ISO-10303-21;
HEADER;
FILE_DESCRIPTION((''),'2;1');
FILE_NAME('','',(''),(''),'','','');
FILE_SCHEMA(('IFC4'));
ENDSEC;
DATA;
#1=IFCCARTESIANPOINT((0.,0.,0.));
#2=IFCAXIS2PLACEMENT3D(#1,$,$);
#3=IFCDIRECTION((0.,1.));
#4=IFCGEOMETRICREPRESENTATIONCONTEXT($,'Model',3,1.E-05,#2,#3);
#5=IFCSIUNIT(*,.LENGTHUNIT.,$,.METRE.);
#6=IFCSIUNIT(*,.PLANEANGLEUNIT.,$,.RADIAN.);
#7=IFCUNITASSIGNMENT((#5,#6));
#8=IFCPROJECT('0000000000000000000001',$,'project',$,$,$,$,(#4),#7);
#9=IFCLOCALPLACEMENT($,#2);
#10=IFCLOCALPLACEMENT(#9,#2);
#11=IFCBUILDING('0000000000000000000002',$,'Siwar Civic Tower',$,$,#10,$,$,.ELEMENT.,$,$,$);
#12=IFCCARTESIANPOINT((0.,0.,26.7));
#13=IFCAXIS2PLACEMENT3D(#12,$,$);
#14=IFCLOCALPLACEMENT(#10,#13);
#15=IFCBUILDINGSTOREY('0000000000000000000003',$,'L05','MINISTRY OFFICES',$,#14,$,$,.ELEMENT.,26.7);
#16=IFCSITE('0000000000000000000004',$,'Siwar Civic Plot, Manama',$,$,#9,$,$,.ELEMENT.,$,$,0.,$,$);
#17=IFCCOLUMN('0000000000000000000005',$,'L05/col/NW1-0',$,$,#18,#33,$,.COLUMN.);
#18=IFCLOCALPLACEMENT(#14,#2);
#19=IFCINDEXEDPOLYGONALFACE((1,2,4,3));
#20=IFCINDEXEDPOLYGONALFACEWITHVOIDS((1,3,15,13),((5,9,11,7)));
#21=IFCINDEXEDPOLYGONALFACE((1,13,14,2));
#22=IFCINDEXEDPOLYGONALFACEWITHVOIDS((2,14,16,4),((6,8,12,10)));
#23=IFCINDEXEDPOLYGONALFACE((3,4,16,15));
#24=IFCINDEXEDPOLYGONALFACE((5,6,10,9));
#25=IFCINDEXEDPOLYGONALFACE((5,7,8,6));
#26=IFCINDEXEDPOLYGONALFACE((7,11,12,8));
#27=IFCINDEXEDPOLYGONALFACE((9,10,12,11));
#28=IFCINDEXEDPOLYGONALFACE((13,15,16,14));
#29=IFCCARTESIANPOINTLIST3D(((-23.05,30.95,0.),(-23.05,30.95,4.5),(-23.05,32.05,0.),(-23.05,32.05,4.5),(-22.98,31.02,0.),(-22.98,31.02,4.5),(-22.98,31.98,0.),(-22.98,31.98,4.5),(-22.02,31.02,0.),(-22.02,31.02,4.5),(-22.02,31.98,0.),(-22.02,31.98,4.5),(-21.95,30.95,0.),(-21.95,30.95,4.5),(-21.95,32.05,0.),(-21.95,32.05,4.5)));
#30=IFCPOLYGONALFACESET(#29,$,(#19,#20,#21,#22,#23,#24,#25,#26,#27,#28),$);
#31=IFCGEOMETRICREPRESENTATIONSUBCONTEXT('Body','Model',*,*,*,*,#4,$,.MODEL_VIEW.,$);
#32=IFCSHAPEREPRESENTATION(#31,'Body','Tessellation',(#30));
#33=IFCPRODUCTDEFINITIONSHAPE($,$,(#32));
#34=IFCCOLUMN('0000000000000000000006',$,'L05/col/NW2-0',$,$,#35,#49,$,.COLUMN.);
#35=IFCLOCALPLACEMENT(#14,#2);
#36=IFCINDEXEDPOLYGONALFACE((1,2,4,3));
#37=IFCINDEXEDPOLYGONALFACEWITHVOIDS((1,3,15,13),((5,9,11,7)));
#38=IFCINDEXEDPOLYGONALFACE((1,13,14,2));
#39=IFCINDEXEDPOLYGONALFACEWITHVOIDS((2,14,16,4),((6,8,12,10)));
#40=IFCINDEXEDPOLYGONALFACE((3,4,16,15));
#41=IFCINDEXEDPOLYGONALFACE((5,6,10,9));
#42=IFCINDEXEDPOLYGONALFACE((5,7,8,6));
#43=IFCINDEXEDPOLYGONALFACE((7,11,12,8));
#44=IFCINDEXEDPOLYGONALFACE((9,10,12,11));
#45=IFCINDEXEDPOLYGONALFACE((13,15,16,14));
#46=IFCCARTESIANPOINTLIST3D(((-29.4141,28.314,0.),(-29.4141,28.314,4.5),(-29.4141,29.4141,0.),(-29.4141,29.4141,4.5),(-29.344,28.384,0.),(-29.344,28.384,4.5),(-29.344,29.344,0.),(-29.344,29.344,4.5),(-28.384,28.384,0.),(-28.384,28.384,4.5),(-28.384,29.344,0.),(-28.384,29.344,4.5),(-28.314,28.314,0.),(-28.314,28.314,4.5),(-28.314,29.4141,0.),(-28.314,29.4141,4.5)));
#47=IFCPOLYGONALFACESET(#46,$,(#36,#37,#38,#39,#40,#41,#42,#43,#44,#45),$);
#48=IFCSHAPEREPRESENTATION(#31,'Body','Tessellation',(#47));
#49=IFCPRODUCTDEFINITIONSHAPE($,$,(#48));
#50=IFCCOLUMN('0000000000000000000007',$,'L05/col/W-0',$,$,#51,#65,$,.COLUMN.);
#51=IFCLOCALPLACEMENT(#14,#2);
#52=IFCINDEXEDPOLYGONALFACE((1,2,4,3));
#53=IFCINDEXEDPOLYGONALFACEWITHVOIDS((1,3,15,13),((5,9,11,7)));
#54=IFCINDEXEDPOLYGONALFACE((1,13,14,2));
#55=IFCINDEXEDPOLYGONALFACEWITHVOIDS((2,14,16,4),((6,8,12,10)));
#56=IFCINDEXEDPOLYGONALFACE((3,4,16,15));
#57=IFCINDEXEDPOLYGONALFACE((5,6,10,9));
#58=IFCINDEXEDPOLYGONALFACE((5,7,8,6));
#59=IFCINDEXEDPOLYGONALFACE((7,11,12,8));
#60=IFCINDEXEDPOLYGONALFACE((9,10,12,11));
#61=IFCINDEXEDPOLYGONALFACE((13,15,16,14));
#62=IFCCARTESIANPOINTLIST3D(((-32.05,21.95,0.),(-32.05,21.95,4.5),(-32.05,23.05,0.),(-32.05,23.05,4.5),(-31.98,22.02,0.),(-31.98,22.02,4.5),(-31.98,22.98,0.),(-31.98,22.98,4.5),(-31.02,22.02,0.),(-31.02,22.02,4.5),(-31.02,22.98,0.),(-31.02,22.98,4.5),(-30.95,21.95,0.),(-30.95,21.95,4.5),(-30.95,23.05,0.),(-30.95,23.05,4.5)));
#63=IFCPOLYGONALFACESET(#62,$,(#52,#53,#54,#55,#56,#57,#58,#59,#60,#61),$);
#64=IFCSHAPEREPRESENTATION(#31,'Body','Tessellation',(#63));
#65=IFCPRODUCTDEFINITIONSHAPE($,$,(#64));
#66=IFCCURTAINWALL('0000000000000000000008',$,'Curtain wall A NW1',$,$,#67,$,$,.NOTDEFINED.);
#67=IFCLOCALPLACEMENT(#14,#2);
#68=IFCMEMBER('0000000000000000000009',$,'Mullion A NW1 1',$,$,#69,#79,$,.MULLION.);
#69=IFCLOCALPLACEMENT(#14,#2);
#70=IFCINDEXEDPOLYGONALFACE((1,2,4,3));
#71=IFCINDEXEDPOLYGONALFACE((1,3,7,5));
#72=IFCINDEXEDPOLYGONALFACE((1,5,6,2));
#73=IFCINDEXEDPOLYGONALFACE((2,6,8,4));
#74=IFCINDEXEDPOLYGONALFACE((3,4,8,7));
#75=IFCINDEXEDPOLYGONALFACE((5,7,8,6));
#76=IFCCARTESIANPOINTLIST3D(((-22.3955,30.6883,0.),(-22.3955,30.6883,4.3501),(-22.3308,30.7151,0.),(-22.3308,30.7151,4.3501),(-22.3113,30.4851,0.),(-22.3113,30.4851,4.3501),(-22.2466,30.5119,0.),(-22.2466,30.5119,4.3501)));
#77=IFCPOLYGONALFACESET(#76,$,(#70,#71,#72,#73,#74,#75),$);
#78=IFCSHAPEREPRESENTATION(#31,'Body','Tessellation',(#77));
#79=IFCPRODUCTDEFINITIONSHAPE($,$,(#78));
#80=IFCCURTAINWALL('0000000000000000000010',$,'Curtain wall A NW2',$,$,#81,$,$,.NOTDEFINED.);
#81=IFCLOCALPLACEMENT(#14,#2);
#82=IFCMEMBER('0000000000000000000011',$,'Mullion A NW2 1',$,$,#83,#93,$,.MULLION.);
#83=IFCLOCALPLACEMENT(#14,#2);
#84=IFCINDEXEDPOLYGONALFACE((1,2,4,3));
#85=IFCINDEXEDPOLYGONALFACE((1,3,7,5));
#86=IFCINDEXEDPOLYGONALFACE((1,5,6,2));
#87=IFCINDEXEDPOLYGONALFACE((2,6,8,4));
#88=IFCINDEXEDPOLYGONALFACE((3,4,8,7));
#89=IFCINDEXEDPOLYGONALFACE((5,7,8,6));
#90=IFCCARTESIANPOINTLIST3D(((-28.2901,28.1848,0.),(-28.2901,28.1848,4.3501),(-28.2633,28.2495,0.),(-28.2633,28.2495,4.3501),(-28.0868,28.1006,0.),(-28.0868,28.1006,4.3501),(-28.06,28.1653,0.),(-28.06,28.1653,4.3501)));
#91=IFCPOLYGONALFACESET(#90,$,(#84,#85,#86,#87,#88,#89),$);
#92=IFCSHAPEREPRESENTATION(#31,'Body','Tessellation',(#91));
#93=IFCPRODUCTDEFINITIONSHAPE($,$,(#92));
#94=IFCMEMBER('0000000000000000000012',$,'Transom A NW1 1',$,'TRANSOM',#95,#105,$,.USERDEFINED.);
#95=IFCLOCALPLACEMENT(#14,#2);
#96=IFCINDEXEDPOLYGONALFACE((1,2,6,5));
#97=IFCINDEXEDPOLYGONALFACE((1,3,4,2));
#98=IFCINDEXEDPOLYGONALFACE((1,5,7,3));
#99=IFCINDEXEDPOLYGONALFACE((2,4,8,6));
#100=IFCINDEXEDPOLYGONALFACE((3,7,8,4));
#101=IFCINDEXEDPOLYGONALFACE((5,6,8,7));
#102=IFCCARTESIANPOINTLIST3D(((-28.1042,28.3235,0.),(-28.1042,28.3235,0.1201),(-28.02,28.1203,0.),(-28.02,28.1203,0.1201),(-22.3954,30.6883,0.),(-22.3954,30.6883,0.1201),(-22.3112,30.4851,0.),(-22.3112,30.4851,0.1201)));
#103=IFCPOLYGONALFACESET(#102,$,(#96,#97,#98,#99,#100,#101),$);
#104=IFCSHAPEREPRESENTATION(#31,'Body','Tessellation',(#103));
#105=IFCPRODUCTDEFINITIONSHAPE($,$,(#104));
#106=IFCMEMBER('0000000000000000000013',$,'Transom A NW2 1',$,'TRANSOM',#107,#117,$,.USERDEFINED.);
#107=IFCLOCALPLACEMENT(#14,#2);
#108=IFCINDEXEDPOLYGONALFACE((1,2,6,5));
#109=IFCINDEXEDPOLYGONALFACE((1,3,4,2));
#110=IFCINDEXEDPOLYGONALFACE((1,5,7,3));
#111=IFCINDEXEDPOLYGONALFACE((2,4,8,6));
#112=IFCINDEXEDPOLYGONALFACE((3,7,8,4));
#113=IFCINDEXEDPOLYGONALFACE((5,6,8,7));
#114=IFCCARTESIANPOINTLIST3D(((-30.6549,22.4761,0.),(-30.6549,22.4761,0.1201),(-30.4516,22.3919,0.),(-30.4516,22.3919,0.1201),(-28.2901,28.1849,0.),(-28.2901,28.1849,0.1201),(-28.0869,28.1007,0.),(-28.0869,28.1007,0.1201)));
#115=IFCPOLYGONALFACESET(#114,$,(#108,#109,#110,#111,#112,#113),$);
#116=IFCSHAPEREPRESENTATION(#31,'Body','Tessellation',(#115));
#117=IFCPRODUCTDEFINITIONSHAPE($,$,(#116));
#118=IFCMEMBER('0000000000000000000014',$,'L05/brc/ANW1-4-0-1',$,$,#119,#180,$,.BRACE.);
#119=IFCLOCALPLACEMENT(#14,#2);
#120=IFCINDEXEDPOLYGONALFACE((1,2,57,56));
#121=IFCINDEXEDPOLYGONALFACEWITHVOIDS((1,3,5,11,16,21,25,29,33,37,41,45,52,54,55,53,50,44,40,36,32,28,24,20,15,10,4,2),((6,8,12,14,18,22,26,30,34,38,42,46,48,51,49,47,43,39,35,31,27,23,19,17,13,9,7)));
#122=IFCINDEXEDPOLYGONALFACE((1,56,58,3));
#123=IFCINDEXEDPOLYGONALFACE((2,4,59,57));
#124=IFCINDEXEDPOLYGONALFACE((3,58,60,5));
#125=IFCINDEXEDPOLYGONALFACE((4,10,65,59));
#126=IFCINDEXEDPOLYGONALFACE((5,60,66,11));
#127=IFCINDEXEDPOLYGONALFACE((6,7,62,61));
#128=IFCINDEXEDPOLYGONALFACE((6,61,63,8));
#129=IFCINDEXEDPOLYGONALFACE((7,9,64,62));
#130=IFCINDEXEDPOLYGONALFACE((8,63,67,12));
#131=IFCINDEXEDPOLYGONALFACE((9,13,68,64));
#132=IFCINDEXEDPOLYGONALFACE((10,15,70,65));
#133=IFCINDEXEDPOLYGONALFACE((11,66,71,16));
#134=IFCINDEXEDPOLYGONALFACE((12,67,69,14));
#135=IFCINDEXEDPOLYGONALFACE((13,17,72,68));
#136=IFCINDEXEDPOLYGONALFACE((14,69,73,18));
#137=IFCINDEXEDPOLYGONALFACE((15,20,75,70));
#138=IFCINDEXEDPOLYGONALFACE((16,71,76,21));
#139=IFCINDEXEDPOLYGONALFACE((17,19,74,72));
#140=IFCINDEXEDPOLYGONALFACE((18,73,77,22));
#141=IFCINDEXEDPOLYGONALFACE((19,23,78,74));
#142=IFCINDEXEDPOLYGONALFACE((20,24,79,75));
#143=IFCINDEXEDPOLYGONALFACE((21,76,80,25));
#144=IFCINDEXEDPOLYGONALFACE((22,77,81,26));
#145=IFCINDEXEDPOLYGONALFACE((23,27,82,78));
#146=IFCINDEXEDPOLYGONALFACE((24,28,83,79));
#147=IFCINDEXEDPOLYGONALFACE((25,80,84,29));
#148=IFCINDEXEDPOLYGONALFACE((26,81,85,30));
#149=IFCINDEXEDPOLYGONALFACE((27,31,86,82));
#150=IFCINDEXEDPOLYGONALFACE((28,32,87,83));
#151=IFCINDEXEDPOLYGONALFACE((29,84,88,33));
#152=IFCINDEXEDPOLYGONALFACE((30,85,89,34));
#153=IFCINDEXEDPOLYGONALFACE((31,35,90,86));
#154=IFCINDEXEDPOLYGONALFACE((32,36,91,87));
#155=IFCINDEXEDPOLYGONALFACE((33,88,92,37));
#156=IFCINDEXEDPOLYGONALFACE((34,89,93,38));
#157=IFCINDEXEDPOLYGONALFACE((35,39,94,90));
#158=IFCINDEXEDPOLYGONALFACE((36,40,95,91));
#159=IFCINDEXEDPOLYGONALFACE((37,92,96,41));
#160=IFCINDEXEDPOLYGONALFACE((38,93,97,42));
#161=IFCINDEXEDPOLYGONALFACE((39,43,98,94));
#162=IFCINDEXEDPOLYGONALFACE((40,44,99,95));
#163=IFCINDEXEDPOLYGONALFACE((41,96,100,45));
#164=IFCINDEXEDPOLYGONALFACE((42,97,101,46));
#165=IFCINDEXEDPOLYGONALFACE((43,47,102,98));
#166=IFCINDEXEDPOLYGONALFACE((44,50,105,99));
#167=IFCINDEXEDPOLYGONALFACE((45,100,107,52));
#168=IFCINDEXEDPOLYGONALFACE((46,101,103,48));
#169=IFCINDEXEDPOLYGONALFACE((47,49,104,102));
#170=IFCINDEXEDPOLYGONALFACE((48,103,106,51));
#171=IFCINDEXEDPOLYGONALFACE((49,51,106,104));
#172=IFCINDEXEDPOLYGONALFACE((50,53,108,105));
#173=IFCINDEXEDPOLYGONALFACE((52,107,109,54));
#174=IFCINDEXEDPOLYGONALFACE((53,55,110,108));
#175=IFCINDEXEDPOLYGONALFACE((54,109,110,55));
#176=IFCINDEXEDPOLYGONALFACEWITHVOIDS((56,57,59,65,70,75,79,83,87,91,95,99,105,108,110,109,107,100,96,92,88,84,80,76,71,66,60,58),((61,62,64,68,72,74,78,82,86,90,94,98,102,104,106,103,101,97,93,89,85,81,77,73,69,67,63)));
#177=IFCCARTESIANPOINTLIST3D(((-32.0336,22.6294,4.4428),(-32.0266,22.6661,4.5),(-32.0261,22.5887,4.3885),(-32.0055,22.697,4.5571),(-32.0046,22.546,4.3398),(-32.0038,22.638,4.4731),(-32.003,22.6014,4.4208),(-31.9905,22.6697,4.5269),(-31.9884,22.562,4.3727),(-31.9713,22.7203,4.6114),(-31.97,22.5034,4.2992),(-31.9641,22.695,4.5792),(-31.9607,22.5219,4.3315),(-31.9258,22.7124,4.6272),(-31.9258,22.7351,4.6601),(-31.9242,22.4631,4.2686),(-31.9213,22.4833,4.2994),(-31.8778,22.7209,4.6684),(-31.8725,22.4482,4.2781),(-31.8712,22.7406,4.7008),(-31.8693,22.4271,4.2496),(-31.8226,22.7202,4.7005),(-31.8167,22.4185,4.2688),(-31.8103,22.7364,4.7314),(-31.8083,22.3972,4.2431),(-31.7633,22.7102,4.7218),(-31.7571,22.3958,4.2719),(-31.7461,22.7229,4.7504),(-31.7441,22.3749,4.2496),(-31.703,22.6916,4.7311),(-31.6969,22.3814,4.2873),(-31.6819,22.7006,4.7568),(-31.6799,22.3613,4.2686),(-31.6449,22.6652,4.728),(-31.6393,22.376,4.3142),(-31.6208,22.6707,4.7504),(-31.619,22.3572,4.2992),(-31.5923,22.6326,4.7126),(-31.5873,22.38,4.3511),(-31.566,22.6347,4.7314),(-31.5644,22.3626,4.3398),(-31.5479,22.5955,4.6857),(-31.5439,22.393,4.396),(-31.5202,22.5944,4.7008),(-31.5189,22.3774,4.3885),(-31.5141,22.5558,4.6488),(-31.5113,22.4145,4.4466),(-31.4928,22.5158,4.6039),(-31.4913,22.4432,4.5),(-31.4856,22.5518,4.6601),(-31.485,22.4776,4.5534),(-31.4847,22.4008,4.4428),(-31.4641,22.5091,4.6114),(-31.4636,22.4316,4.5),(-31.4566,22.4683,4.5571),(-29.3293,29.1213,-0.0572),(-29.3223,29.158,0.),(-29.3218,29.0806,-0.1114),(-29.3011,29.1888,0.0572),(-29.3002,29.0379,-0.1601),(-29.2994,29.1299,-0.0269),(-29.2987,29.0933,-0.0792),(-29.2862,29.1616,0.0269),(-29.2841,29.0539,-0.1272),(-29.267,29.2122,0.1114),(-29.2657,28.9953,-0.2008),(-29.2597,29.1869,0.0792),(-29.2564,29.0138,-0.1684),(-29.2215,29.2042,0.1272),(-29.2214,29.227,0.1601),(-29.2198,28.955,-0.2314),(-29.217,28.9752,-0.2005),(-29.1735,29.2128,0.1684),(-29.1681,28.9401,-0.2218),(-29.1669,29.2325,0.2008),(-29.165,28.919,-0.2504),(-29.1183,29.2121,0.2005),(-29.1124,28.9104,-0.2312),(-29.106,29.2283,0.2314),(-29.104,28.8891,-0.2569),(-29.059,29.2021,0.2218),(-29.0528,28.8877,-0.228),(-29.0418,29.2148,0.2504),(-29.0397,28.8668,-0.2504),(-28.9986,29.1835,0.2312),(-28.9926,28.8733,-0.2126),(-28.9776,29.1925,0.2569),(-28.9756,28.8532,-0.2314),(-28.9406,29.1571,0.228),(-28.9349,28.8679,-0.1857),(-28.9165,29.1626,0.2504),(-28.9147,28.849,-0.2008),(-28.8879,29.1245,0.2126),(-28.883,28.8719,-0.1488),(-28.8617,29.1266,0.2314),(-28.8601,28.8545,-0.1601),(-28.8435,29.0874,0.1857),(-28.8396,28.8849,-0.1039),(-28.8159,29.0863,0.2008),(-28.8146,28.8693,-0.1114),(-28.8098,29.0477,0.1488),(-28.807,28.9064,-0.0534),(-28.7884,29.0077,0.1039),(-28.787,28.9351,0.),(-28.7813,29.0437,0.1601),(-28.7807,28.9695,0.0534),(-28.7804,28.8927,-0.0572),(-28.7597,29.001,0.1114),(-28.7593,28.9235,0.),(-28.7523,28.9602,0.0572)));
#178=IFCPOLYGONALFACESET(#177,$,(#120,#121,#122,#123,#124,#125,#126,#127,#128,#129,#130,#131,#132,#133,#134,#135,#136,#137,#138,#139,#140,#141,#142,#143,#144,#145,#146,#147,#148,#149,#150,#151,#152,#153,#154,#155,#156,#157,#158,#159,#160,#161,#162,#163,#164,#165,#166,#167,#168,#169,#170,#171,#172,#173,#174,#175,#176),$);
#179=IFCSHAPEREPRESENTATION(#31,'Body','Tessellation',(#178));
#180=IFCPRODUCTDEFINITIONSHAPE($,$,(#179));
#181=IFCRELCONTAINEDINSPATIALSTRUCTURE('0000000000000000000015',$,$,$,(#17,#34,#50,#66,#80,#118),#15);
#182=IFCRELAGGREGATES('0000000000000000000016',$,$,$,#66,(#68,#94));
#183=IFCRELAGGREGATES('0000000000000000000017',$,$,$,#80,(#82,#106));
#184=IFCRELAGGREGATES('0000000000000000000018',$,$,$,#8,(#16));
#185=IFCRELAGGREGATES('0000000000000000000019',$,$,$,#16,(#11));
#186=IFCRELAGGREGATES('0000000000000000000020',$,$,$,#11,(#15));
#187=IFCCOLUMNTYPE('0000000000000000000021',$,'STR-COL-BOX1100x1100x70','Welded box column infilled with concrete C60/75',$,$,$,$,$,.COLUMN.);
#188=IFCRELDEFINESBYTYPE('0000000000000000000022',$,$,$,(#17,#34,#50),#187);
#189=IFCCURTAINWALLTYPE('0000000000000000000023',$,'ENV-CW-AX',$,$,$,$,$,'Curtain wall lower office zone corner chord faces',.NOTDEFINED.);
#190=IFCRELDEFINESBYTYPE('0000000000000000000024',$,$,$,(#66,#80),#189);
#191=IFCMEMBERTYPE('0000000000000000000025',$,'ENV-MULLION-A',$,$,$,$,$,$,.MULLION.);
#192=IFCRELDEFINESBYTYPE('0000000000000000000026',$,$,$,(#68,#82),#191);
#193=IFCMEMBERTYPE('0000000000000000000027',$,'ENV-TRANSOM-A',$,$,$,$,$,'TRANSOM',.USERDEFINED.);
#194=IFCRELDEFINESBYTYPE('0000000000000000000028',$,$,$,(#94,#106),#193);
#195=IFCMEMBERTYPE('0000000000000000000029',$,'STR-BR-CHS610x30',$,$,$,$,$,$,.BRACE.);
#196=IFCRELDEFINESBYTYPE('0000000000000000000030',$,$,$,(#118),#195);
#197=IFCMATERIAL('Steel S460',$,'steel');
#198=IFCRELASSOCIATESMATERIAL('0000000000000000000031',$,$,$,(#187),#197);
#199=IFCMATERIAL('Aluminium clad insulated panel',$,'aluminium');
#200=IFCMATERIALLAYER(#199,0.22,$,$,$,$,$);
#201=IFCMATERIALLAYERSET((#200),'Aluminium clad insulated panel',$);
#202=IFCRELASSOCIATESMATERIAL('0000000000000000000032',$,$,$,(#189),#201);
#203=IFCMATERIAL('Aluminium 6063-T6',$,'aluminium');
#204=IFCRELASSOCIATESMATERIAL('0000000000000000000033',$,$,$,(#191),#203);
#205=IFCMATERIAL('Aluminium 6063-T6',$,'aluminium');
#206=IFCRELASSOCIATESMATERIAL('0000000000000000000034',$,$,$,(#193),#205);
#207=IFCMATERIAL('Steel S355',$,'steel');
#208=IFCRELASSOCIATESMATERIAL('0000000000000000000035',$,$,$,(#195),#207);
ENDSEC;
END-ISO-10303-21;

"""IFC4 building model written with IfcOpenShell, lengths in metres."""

from ifc_helpers import new_model, si_unit, direction, frame, origin, origin_2d, place, context, subcontext, project, spatial, rectangle, hollow_rectangle, hollow_circle, extrude, material, layer, layer_set, material_profile, profile_set, type_object, element, aggregate, save


model = new_model("IFC4")

# Units and contexts
model_context = context("Model", 3, precision=1e-05, world=origin(), true_north=direction((0.0, 1.0)))
body_context = subcontext(model_context, "Body", "Model", "MODEL_VIEW")
ifc_project = project(units=[si_unit("LENGTHUNIT", "METRE"), si_unit("PLANEANGLEUNIT", "RADIAN")], contexts=[model_context])

# Site, building, storey
site_placement = place(None, origin())
site = spatial("IfcSite", under=ifc_project, at=site_placement, Name="Siwar Civic Plot, Manama", CompositionType="ELEMENT", RefElevation=0.0)
building_placement = place(site_placement, origin())
building = spatial("IfcBuilding", under=site, at=building_placement, Name="Siwar Civic Tower", CompositionType="ELEMENT")
storey_placement = place(building_placement, frame((0.0, 0.0, 26.7)))
storey = spatial("IfcBuildingStorey", under=building, at=storey_placement, Name="L05", Description="MINISTRY OFFICES", CompositionType="ELEMENT", Elevation=26.7)

# Columns
ifc_material_1 = material(Name="Steel S460", Category="steel")
ifc_material_profile_1 = material_profile(ifc_material_1, hollow_rectangle(XDim=1.1001, YDim=1.1001, WallThickness=0.0701, at=origin_2d()), Name="BOX1100x1100x70")
ifc_profile_set_1 = profile_set([ifc_material_profile_1], Name="Steel S460")
column_type = type_object("IfcColumnType", Name="STR-COL-BOX1100x1100x70", Description="Welded box column infilled with concrete C60/75", PredefinedType="COLUMN", material=ifc_profile_set_1)
for number, where, z_axis, x_axis, name in (
    (1, (-22.5, 31.5, 0.0), (0.0, 0.0, 1.0), (1.0, 0.0, 0.0), "L05/col/NW1-0"),
    (2, (-28.864, 28.864, 0.0), (0.0, 0.0, 1.0), (1.0, 0.0, 0.0), "L05/col/NW2-0"),
    (3, (-31.5, 22.5, 0.0), (0.0, 0.0, 1.0), (1.0, 0.0, 0.0), "L05/col/W-0"),
):
    element("IfcColumn", number, at=place(storey_placement, frame(where, z_axis=z_axis, x_axis=x_axis)), inside=storey, type_object=column_type, Name=name, PredefinedType="COLUMN", context=body_context, shape_type="SweptSolid", body=[
        extrude(hollow_rectangle(XDim=1.1001, YDim=1.1001, WallThickness=0.0701, at=origin_2d()), origin(), (0.0, 0.0, 1.0), 4.5),
    ])

# Curtain walls, members
ifc_material_2 = material(Name="Aluminium clad insulated panel", Category="aluminium")
ifc_layer_1 = layer(ifc_material_2, 0.22)
ifc_layer_set_1 = layer_set([ifc_layer_1], Name="Aluminium clad insulated panel")
curtain_wall_type_1 = type_object("IfcCurtainWallType", Name="ENV-CW-AX", ElementType="Curtain wall lower office zone corner chord faces", PredefinedType="NOTDEFINED", material=ifc_layer_set_1)
curtain_wall_1_placement = place(storey_placement, origin())
curtain_wall_1 = element("IfcCurtainWall", 4, at=curtain_wall_1_placement, inside=storey, type_object=curtain_wall_type_1, Name="Curtain wall A NW1", PredefinedType="NOTDEFINED")
ifc_material_3 = material(Name="Aluminium 6063-T6", Category="aluminium")
ifc_material_profile_2 = material_profile(ifc_material_3, rectangle(XDim=0.22, YDim=0.0701, at=origin_2d()), Name="AL 220x70")
ifc_profile_set_2 = profile_set([ifc_material_profile_2], Name="Aluminium 6063-T6")
member_type_1 = type_object("IfcMemberType", Name="ENV-MULLION-A", PredefinedType="MULLION", material=ifc_profile_set_2)
member_1_placement = place(storey_placement, frame((-22.321, 30.6001, 0.0), z_axis=(0.0, 0.0, 1.0), x_axis=(0.382683, -0.92388, 0.0)))
member_1 = element("IfcMember", 5, at=member_1_placement, type_object=member_type_1, Name="Mullion A NW1 1", PredefinedType="MULLION", context=body_context, shape_type="SweptSolid", body=[
    extrude(rectangle(XDim=0.22, YDim=0.0701, at=origin_2d()), origin(), (0.0, 0.0, 1.0), 4.3501),
])
curtain_wall_2_placement = place(storey_placement, origin())
curtain_wall_2 = element("IfcCurtainWall", 6, at=curtain_wall_2_placement, inside=storey, type_object=curtain_wall_type_1, Name="Curtain wall A NW2", PredefinedType="NOTDEFINED")
member_2_placement = place(storey_placement, frame((-28.175, 28.175, 0.0), z_axis=(0.0, 0.0, 1.0), x_axis=(0.92388, -0.382683, 0.0)))
member_2 = element("IfcMember", 7, at=member_2_placement, type_object=member_type_1, Name="Mullion A NW2 1", PredefinedType="MULLION", context=body_context, shape_type="SweptSolid", body=[
    extrude(rectangle(XDim=0.22, YDim=0.0701, at=origin_2d()), origin(), (0.0, 0.0, 1.0), 4.3501),
])

# Members
ifc_material_4 = material(Name="Aluminium 6063-T6", Category="aluminium")
ifc_material_profile_3 = material_profile(ifc_material_4, rectangle(XDim=0.22, YDim=0.1201, at=origin_2d()), Name="AL 220x120")
ifc_profile_set_3 = profile_set([ifc_material_profile_3], Name="Aluminium 6063-T6")
member_type_2 = type_object("IfcMemberType", Name="ENV-TRANSOM-A", ElementType="TRANSOM", PredefinedType="USERDEFINED", material=ifc_profile_set_3)
member_3_placement = place(storey_placement, frame((-22.3533, 30.5867, 0.0601), z_axis=(-0.923873, -0.382698, 0.0), x_axis=(0.382698, -0.923873, 0.0)))
member_3 = element("IfcMember", 8, at=member_3_placement, type_object=member_type_2, Name="Transom A NW1 1", ObjectType="TRANSOM", PredefinedType="USERDEFINED", context=body_context, shape_type="SweptSolid", body=[
    extrude(rectangle(XDim=0.22, YDim=0.1201, at=origin_2d()), origin(), (0.0, 0.0, 1.0), 6.1792),
])
member_4_placement = place(storey_placement, frame((-28.1885, 28.1428, 0.0601), z_axis=(-0.382698, -0.923873, 0.0), x_axis=(0.923873, -0.382698, 0.0)))
member_4 = element("IfcMember", 9, at=member_4_placement, type_object=member_type_2, Name="Transom A NW2 1", ObjectType="TRANSOM", PredefinedType="USERDEFINED", context=body_context, shape_type="SweptSolid", body=[
    extrude(rectangle(XDim=0.22, YDim=0.1201, at=origin_2d()), origin(), (0.0, 0.0, 1.0), 6.1792),
])

# Member
ifc_material_5 = material(Name="Steel S355", Category="steel")
ifc_material_profile_4 = material_profile(ifc_material_5, hollow_circle(Radius=0.3049, WallThickness=0.03, at=origin_2d()), Name="CHS610x30")
ifc_profile_set_4 = profile_set([ifc_material_profile_4], Name="Steel S355")
member_type_3 = type_object("IfcMemberType", Name="STR-BR-CHS610x30", PredefinedType="BRACE", material=ifc_profile_set_4)
member_5_placement = place(storey_placement, frame((-29.0408, 29.0408, 0.0), z_axis=(-0.323906, -0.777555, 0.538975), x_axis=(0.923109, -0.384539, 0.0)))
element("IfcMember", 10, at=member_5_placement, inside=storey, type_object=member_type_3, Name="L05/brc/ANW1-4-0-1", PredefinedType="BRACE", context=body_context, shape_type="SweptSolid", body=[
    extrude(hollow_circle(Radius=0.3049, WallThickness=0.03, at=origin_2d()), origin(), (0.0, 0.0, 1.0), 8.3491),
])

aggregate(curtain_wall_1, [member_1, member_3])
aggregate(curtain_wall_2, [member_2, member_4])

save(model, "model.ifc")
